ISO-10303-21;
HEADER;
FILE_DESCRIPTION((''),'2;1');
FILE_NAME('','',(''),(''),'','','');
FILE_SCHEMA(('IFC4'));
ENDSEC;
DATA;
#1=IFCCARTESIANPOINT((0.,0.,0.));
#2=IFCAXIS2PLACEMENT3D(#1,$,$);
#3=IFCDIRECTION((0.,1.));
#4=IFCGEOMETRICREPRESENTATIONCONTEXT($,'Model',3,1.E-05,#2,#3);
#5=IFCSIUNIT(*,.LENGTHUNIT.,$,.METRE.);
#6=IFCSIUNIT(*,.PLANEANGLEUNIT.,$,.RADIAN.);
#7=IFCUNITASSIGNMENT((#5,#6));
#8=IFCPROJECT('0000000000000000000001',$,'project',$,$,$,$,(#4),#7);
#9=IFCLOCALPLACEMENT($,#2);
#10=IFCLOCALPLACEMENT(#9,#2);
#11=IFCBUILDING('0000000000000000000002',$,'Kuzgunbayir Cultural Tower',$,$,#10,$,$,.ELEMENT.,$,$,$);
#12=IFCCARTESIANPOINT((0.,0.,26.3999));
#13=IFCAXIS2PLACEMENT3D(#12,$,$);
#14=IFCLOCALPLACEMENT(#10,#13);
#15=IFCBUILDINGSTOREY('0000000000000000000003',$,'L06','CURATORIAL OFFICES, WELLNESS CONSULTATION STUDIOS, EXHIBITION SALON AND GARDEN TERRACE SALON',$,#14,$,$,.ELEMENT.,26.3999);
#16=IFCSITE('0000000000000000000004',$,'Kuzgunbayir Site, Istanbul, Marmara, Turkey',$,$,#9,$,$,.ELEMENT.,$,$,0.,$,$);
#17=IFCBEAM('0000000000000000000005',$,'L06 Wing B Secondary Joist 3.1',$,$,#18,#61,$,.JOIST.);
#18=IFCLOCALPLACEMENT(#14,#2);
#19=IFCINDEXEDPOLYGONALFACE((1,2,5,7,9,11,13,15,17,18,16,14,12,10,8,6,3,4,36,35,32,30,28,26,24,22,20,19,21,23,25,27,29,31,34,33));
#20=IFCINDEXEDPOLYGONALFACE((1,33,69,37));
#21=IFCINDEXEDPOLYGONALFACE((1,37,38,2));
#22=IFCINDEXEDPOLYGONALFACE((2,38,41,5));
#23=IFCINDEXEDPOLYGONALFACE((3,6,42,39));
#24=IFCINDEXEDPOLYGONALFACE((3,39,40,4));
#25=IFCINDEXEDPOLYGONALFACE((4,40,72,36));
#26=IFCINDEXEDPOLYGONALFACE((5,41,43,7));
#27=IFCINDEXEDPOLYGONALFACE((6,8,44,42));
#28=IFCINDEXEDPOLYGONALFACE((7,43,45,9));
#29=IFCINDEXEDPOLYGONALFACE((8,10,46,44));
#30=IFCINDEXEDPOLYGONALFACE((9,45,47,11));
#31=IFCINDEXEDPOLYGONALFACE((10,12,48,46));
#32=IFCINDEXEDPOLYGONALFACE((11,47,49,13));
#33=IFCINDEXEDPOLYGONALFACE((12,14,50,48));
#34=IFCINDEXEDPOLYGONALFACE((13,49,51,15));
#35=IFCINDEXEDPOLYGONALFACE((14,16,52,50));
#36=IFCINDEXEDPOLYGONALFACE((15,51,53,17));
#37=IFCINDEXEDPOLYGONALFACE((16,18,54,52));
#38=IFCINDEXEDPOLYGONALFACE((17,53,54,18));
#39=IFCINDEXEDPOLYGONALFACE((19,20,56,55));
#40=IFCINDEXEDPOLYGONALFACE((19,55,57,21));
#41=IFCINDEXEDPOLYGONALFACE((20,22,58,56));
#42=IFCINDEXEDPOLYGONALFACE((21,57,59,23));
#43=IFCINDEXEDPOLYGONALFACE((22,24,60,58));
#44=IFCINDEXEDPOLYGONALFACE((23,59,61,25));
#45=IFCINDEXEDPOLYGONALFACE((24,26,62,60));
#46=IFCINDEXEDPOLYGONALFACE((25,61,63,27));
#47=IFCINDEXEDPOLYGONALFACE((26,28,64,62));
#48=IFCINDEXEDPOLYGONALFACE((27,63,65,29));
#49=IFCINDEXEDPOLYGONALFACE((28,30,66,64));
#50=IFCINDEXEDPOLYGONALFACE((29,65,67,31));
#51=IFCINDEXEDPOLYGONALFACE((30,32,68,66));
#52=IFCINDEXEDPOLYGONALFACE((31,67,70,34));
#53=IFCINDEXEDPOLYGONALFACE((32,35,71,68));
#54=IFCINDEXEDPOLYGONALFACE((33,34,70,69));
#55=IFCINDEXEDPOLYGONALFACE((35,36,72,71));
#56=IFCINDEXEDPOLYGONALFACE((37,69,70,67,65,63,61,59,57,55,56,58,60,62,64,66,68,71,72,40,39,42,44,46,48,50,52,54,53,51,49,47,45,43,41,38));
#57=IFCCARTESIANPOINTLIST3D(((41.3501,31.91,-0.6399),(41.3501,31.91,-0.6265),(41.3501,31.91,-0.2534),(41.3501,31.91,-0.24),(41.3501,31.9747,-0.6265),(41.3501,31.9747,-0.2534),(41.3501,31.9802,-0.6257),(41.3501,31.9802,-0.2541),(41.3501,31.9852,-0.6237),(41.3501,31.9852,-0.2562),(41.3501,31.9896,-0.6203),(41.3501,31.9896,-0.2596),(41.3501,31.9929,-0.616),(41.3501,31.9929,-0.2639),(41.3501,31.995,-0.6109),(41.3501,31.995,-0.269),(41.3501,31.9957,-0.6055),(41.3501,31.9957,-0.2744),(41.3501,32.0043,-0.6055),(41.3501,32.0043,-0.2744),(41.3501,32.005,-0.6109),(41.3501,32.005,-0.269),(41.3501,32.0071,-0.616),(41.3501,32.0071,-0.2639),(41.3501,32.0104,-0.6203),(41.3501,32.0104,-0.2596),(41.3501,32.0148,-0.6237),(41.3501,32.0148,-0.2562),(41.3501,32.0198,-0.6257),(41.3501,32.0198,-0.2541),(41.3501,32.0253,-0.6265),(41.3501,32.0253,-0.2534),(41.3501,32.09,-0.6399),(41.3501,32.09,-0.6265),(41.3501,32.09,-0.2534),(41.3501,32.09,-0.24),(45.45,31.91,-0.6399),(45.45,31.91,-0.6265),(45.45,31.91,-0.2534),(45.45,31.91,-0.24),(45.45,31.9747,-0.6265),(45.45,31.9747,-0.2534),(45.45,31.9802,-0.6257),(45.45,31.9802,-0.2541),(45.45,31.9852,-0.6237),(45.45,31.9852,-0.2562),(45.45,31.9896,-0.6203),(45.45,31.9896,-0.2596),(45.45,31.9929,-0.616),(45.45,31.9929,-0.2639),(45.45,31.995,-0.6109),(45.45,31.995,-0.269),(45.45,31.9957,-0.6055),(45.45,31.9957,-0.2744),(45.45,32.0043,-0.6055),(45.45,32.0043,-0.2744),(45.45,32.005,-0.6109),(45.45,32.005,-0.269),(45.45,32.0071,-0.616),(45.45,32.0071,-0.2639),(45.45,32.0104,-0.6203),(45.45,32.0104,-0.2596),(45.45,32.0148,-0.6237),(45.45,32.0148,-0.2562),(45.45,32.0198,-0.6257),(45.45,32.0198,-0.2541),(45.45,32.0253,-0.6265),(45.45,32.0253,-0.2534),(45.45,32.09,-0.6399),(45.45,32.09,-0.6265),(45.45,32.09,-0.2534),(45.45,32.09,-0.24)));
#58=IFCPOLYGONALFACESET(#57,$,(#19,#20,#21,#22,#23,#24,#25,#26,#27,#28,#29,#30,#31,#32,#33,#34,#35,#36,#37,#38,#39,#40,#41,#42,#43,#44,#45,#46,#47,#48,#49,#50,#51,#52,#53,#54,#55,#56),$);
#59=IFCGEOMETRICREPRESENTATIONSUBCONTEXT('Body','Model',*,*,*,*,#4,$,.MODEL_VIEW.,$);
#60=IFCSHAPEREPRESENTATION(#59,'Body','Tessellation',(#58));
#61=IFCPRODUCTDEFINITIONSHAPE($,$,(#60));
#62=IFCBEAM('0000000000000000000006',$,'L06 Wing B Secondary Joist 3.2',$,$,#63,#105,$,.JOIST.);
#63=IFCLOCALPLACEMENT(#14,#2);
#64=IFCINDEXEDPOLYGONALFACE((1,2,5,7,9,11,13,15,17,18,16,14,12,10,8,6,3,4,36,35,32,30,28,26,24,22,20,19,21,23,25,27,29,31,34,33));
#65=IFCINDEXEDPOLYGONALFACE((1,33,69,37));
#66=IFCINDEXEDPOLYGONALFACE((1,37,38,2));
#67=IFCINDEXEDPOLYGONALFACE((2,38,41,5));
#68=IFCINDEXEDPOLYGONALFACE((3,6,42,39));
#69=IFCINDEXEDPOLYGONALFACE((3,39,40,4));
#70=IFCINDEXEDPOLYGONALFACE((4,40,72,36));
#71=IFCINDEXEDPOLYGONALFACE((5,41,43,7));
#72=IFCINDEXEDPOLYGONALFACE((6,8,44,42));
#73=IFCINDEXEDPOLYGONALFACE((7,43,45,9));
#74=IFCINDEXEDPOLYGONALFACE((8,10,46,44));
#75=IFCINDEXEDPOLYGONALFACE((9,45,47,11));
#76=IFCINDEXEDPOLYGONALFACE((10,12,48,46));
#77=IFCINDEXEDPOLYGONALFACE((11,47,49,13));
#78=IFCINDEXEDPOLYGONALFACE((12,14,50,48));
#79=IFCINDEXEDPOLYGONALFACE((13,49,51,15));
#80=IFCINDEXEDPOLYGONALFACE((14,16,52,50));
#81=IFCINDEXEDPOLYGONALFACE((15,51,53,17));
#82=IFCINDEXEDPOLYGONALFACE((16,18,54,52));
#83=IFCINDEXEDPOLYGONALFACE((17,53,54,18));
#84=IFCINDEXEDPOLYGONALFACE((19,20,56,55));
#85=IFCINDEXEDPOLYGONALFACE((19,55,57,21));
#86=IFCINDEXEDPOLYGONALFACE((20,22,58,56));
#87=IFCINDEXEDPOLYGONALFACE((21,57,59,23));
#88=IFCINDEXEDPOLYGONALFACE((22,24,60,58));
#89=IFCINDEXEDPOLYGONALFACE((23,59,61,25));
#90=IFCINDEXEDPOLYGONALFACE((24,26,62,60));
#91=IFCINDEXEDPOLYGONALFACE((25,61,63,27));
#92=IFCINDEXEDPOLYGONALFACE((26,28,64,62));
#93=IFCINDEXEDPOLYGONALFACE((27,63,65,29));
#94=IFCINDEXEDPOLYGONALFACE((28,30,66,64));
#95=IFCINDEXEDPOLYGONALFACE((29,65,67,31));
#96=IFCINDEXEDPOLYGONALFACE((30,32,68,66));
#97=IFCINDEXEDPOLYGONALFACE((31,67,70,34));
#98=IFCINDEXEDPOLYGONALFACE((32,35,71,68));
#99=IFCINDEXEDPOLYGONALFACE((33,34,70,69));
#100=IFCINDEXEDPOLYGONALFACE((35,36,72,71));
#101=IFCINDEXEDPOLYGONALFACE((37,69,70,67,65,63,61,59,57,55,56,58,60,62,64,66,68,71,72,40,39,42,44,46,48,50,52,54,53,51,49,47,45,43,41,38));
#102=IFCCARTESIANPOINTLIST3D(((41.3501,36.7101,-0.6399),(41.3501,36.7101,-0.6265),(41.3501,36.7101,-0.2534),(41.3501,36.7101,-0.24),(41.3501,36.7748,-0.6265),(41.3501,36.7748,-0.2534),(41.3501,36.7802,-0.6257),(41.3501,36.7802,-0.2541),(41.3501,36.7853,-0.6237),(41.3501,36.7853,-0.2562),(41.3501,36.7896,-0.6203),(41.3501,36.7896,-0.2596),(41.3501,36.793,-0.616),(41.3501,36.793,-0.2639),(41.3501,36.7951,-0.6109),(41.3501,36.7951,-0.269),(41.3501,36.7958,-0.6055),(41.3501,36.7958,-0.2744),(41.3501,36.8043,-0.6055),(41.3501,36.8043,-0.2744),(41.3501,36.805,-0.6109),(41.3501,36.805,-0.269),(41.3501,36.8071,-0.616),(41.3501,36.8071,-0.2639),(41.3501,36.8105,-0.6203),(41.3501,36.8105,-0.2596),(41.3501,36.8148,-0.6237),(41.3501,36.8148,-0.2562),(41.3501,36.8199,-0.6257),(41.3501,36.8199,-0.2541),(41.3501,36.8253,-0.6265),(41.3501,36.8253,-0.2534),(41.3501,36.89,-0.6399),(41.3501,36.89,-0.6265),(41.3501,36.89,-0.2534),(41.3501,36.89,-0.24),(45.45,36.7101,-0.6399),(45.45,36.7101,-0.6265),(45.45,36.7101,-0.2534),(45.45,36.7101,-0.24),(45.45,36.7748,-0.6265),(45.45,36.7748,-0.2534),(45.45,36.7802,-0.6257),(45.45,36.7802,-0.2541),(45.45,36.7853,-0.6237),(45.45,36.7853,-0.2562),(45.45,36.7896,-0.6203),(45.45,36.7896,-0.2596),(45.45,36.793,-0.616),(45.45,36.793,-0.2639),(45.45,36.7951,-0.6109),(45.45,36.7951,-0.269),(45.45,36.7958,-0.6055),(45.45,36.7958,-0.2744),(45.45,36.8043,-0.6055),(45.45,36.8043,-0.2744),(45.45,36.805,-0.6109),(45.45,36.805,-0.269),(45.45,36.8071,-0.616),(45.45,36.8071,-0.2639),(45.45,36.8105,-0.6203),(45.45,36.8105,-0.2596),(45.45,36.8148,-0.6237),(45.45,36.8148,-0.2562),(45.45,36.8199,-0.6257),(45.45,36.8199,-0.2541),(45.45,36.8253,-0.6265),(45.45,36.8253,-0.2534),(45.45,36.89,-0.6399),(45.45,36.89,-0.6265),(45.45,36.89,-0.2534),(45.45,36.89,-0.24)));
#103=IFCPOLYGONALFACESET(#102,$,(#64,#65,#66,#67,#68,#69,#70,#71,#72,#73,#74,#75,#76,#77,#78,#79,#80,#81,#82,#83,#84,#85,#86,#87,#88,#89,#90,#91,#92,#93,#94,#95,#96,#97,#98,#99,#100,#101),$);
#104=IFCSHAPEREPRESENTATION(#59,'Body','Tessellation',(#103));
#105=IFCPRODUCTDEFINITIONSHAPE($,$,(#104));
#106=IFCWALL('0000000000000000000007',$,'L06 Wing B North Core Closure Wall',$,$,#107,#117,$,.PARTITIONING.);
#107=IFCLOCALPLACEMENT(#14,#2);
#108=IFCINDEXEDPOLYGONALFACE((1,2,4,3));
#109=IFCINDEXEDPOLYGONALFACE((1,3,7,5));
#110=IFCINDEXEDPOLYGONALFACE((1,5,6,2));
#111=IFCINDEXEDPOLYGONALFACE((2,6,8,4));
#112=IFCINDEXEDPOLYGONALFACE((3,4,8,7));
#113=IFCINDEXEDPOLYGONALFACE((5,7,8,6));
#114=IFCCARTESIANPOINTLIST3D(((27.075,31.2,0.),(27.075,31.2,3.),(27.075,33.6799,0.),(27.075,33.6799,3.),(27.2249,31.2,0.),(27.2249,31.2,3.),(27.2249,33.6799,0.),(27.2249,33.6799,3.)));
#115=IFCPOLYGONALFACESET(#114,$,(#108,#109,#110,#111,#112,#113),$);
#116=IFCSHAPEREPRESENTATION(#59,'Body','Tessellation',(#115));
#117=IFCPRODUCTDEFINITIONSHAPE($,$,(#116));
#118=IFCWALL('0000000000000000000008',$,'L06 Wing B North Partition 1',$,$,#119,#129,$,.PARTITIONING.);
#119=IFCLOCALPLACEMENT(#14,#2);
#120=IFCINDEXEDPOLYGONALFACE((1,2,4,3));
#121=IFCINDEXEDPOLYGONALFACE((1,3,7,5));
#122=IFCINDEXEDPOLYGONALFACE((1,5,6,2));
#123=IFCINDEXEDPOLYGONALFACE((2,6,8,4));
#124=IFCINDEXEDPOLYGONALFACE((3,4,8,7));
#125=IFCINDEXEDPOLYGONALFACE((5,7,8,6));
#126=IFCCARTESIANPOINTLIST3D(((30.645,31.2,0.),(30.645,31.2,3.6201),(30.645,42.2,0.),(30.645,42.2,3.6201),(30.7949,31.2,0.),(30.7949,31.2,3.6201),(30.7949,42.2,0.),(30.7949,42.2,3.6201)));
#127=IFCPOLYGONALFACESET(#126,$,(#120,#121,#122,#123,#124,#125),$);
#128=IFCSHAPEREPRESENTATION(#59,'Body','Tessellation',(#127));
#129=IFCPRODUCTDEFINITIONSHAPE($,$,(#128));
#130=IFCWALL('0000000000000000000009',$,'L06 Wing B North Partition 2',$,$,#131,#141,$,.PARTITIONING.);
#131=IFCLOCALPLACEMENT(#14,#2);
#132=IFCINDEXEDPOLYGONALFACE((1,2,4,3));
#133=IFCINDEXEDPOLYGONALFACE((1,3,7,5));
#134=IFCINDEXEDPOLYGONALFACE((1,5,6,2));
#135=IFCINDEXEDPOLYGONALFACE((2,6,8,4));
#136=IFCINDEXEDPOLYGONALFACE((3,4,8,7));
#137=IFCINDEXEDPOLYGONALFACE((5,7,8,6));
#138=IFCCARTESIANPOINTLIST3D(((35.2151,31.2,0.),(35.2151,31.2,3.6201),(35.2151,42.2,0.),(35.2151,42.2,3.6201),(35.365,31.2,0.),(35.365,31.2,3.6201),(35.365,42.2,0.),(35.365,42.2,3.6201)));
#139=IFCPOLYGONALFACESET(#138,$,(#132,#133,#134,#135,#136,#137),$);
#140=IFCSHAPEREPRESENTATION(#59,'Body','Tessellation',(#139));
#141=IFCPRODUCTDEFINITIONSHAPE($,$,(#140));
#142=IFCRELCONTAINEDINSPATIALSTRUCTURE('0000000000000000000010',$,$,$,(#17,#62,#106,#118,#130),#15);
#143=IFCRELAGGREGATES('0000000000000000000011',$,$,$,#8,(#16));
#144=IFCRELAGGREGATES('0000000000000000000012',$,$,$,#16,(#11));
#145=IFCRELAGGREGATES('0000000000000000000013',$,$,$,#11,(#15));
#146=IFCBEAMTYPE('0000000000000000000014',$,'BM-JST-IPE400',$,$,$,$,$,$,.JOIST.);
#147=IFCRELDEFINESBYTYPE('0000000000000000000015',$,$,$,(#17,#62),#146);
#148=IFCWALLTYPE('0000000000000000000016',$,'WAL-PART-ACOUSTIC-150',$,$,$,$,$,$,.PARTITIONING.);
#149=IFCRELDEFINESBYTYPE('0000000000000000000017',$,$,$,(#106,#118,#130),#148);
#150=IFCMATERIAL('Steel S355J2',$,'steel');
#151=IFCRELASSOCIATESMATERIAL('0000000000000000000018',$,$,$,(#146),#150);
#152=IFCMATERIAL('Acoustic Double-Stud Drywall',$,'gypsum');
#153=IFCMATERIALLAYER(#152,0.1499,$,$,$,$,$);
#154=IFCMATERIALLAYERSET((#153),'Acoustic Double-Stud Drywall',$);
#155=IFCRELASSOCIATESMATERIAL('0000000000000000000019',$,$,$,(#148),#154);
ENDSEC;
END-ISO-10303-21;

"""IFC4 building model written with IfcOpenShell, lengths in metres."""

from ifc_helpers import new_model, si_unit, direction, frame, frame_2d, origin, origin_2d, place, context, subcontext, project, spatial, rectangle, i_section, extrude, material, layer, layer_set, material_profile, profile_set, type_object, element, save


model = new_model("IFC4")

# Units and contexts
model_context = context("Model", 3, precision=1e-05, world=origin(), true_north=direction((0.0, 1.0)))
body_context = subcontext(model_context, "Body", "Model", "MODEL_VIEW")
ifc_project = project(units=[si_unit("LENGTHUNIT", "METRE"), si_unit("PLANEANGLEUNIT", "RADIAN")], contexts=[model_context])

# Site, building, storey
site_placement = place(None, origin())
site = spatial("IfcSite", under=ifc_project, at=site_placement, Name="Kuzgunbayir Site, Istanbul, Marmara, Turkey", CompositionType="ELEMENT", RefElevation=0.0)
building_placement = place(site_placement, origin())
building = spatial("IfcBuilding", under=site, at=building_placement, Name="Kuzgunbayir Cultural Tower", CompositionType="ELEMENT")
storey_placement = place(building_placement, frame((0.0, 0.0, 26.3999)))
storey = spatial("IfcBuildingStorey", under=building, at=storey_placement, Name="L06", Description="CURATORIAL OFFICES, WELLNESS CONSULTATION STUDIOS, EXHIBITION SALON AND GARDEN TERRACE SALON", CompositionType="ELEMENT", Elevation=26.3999)

# Beams
ifc_material_1 = material(Name="Steel S355J2", Category="steel")
ifc_material_profile_1 = material_profile(ifc_material_1, i_section(OverallWidth=0.1799, OverallDepth=0.3999, WebThickness=0.0085, FlangeThickness=0.0134, FilletRadius=0.021, at=origin_2d()), Name="IPE 400")
ifc_profile_set_1 = profile_set([ifc_material_profile_1], Name="Steel S355J2")
beam_type_1 = type_object("IfcBeamType", Name="BM-JST-IPE400", PredefinedType="JOIST", material=ifc_profile_set_1)
for number, where, z_axis, x_axis, name in (
    (1, (41.3501, 32.0, -0.4399), (1.0, 0.0, 0.0), (0.0, 1.0, 0.0), "L06 Wing B Secondary Joist 3.1"),
    (2, (41.3501, 36.8, -0.4399), (1.0, 0.0, 0.0), (0.0, 1.0, 0.0), "L06 Wing B Secondary Joist 3.2"),
):
    element("IfcBeam", number, at=place(storey_placement, frame(where, z_axis=z_axis, x_axis=x_axis)), inside=storey, type_object=beam_type_1, Name=name, PredefinedType="JOIST", context=body_context, shape_type="SweptSolid", body=[
        extrude(i_section(OverallWidth=0.1799, OverallDepth=0.3999, WebThickness=0.0085, FlangeThickness=0.0134, FilletRadius=0.021, at=origin_2d()), origin(), (0.0, 0.0, 1.0), 4.0999),
    ])

# Shared definitions
ifc_material_2 = material(Name="Acoustic Double-Stud Drywall", Category="gypsum")
ifc_layer = layer(ifc_material_2, 0.1499)
ifc_layer_set = layer_set([ifc_layer], Name="Acoustic Double-Stud Drywall")
wall_type = type_object("IfcWallType", Name="WAL-PART-ACOUSTIC-150", PredefinedType="PARTITIONING", material=ifc_layer_set)

# Walls
wall_1_placement = place(storey_placement, frame((27.1499, 31.2, 0.0), z_axis=(0.0, 0.0, 1.0), x_axis=(0.0, 1.0, 0.0)))
element("IfcWall", 3, at=wall_1_placement, inside=storey, type_object=wall_type, Name="L06 Wing B North Core Closure Wall", PredefinedType="PARTITIONING", context=body_context, shape_type="SweptSolid", body=[
    extrude(rectangle(XDim=2.48, YDim=0.1499, at=frame_2d((1.24, 0.0))), origin(), (0.0, 0.0, 1.0), 3.0),
])
for number, where, z_axis, x_axis, name in (
    (4, (30.72, 31.2, 0.0), (0.0, 0.0, 1.0), (0.0, 1.0, 0.0), "L06 Wing B North Partition 1"),
    (5, (35.29, 31.2, 0.0), (0.0, 0.0, 1.0), (0.0, 1.0, 0.0), "L06 Wing B North Partition 2"),
):
    element("IfcWall", number, at=place(storey_placement, frame(where, z_axis=z_axis, x_axis=x_axis)), inside=storey, type_object=wall_type, Name=name, PredefinedType="PARTITIONING", context=body_context, shape_type="SweptSolid", body=[
        extrude(rectangle(XDim=11.0, YDim=0.1499, at=frame_2d((5.5, 0.0))), origin(), (0.0, 0.0, 1.0), 3.6201),
    ])

save(model, "model.ifc")
